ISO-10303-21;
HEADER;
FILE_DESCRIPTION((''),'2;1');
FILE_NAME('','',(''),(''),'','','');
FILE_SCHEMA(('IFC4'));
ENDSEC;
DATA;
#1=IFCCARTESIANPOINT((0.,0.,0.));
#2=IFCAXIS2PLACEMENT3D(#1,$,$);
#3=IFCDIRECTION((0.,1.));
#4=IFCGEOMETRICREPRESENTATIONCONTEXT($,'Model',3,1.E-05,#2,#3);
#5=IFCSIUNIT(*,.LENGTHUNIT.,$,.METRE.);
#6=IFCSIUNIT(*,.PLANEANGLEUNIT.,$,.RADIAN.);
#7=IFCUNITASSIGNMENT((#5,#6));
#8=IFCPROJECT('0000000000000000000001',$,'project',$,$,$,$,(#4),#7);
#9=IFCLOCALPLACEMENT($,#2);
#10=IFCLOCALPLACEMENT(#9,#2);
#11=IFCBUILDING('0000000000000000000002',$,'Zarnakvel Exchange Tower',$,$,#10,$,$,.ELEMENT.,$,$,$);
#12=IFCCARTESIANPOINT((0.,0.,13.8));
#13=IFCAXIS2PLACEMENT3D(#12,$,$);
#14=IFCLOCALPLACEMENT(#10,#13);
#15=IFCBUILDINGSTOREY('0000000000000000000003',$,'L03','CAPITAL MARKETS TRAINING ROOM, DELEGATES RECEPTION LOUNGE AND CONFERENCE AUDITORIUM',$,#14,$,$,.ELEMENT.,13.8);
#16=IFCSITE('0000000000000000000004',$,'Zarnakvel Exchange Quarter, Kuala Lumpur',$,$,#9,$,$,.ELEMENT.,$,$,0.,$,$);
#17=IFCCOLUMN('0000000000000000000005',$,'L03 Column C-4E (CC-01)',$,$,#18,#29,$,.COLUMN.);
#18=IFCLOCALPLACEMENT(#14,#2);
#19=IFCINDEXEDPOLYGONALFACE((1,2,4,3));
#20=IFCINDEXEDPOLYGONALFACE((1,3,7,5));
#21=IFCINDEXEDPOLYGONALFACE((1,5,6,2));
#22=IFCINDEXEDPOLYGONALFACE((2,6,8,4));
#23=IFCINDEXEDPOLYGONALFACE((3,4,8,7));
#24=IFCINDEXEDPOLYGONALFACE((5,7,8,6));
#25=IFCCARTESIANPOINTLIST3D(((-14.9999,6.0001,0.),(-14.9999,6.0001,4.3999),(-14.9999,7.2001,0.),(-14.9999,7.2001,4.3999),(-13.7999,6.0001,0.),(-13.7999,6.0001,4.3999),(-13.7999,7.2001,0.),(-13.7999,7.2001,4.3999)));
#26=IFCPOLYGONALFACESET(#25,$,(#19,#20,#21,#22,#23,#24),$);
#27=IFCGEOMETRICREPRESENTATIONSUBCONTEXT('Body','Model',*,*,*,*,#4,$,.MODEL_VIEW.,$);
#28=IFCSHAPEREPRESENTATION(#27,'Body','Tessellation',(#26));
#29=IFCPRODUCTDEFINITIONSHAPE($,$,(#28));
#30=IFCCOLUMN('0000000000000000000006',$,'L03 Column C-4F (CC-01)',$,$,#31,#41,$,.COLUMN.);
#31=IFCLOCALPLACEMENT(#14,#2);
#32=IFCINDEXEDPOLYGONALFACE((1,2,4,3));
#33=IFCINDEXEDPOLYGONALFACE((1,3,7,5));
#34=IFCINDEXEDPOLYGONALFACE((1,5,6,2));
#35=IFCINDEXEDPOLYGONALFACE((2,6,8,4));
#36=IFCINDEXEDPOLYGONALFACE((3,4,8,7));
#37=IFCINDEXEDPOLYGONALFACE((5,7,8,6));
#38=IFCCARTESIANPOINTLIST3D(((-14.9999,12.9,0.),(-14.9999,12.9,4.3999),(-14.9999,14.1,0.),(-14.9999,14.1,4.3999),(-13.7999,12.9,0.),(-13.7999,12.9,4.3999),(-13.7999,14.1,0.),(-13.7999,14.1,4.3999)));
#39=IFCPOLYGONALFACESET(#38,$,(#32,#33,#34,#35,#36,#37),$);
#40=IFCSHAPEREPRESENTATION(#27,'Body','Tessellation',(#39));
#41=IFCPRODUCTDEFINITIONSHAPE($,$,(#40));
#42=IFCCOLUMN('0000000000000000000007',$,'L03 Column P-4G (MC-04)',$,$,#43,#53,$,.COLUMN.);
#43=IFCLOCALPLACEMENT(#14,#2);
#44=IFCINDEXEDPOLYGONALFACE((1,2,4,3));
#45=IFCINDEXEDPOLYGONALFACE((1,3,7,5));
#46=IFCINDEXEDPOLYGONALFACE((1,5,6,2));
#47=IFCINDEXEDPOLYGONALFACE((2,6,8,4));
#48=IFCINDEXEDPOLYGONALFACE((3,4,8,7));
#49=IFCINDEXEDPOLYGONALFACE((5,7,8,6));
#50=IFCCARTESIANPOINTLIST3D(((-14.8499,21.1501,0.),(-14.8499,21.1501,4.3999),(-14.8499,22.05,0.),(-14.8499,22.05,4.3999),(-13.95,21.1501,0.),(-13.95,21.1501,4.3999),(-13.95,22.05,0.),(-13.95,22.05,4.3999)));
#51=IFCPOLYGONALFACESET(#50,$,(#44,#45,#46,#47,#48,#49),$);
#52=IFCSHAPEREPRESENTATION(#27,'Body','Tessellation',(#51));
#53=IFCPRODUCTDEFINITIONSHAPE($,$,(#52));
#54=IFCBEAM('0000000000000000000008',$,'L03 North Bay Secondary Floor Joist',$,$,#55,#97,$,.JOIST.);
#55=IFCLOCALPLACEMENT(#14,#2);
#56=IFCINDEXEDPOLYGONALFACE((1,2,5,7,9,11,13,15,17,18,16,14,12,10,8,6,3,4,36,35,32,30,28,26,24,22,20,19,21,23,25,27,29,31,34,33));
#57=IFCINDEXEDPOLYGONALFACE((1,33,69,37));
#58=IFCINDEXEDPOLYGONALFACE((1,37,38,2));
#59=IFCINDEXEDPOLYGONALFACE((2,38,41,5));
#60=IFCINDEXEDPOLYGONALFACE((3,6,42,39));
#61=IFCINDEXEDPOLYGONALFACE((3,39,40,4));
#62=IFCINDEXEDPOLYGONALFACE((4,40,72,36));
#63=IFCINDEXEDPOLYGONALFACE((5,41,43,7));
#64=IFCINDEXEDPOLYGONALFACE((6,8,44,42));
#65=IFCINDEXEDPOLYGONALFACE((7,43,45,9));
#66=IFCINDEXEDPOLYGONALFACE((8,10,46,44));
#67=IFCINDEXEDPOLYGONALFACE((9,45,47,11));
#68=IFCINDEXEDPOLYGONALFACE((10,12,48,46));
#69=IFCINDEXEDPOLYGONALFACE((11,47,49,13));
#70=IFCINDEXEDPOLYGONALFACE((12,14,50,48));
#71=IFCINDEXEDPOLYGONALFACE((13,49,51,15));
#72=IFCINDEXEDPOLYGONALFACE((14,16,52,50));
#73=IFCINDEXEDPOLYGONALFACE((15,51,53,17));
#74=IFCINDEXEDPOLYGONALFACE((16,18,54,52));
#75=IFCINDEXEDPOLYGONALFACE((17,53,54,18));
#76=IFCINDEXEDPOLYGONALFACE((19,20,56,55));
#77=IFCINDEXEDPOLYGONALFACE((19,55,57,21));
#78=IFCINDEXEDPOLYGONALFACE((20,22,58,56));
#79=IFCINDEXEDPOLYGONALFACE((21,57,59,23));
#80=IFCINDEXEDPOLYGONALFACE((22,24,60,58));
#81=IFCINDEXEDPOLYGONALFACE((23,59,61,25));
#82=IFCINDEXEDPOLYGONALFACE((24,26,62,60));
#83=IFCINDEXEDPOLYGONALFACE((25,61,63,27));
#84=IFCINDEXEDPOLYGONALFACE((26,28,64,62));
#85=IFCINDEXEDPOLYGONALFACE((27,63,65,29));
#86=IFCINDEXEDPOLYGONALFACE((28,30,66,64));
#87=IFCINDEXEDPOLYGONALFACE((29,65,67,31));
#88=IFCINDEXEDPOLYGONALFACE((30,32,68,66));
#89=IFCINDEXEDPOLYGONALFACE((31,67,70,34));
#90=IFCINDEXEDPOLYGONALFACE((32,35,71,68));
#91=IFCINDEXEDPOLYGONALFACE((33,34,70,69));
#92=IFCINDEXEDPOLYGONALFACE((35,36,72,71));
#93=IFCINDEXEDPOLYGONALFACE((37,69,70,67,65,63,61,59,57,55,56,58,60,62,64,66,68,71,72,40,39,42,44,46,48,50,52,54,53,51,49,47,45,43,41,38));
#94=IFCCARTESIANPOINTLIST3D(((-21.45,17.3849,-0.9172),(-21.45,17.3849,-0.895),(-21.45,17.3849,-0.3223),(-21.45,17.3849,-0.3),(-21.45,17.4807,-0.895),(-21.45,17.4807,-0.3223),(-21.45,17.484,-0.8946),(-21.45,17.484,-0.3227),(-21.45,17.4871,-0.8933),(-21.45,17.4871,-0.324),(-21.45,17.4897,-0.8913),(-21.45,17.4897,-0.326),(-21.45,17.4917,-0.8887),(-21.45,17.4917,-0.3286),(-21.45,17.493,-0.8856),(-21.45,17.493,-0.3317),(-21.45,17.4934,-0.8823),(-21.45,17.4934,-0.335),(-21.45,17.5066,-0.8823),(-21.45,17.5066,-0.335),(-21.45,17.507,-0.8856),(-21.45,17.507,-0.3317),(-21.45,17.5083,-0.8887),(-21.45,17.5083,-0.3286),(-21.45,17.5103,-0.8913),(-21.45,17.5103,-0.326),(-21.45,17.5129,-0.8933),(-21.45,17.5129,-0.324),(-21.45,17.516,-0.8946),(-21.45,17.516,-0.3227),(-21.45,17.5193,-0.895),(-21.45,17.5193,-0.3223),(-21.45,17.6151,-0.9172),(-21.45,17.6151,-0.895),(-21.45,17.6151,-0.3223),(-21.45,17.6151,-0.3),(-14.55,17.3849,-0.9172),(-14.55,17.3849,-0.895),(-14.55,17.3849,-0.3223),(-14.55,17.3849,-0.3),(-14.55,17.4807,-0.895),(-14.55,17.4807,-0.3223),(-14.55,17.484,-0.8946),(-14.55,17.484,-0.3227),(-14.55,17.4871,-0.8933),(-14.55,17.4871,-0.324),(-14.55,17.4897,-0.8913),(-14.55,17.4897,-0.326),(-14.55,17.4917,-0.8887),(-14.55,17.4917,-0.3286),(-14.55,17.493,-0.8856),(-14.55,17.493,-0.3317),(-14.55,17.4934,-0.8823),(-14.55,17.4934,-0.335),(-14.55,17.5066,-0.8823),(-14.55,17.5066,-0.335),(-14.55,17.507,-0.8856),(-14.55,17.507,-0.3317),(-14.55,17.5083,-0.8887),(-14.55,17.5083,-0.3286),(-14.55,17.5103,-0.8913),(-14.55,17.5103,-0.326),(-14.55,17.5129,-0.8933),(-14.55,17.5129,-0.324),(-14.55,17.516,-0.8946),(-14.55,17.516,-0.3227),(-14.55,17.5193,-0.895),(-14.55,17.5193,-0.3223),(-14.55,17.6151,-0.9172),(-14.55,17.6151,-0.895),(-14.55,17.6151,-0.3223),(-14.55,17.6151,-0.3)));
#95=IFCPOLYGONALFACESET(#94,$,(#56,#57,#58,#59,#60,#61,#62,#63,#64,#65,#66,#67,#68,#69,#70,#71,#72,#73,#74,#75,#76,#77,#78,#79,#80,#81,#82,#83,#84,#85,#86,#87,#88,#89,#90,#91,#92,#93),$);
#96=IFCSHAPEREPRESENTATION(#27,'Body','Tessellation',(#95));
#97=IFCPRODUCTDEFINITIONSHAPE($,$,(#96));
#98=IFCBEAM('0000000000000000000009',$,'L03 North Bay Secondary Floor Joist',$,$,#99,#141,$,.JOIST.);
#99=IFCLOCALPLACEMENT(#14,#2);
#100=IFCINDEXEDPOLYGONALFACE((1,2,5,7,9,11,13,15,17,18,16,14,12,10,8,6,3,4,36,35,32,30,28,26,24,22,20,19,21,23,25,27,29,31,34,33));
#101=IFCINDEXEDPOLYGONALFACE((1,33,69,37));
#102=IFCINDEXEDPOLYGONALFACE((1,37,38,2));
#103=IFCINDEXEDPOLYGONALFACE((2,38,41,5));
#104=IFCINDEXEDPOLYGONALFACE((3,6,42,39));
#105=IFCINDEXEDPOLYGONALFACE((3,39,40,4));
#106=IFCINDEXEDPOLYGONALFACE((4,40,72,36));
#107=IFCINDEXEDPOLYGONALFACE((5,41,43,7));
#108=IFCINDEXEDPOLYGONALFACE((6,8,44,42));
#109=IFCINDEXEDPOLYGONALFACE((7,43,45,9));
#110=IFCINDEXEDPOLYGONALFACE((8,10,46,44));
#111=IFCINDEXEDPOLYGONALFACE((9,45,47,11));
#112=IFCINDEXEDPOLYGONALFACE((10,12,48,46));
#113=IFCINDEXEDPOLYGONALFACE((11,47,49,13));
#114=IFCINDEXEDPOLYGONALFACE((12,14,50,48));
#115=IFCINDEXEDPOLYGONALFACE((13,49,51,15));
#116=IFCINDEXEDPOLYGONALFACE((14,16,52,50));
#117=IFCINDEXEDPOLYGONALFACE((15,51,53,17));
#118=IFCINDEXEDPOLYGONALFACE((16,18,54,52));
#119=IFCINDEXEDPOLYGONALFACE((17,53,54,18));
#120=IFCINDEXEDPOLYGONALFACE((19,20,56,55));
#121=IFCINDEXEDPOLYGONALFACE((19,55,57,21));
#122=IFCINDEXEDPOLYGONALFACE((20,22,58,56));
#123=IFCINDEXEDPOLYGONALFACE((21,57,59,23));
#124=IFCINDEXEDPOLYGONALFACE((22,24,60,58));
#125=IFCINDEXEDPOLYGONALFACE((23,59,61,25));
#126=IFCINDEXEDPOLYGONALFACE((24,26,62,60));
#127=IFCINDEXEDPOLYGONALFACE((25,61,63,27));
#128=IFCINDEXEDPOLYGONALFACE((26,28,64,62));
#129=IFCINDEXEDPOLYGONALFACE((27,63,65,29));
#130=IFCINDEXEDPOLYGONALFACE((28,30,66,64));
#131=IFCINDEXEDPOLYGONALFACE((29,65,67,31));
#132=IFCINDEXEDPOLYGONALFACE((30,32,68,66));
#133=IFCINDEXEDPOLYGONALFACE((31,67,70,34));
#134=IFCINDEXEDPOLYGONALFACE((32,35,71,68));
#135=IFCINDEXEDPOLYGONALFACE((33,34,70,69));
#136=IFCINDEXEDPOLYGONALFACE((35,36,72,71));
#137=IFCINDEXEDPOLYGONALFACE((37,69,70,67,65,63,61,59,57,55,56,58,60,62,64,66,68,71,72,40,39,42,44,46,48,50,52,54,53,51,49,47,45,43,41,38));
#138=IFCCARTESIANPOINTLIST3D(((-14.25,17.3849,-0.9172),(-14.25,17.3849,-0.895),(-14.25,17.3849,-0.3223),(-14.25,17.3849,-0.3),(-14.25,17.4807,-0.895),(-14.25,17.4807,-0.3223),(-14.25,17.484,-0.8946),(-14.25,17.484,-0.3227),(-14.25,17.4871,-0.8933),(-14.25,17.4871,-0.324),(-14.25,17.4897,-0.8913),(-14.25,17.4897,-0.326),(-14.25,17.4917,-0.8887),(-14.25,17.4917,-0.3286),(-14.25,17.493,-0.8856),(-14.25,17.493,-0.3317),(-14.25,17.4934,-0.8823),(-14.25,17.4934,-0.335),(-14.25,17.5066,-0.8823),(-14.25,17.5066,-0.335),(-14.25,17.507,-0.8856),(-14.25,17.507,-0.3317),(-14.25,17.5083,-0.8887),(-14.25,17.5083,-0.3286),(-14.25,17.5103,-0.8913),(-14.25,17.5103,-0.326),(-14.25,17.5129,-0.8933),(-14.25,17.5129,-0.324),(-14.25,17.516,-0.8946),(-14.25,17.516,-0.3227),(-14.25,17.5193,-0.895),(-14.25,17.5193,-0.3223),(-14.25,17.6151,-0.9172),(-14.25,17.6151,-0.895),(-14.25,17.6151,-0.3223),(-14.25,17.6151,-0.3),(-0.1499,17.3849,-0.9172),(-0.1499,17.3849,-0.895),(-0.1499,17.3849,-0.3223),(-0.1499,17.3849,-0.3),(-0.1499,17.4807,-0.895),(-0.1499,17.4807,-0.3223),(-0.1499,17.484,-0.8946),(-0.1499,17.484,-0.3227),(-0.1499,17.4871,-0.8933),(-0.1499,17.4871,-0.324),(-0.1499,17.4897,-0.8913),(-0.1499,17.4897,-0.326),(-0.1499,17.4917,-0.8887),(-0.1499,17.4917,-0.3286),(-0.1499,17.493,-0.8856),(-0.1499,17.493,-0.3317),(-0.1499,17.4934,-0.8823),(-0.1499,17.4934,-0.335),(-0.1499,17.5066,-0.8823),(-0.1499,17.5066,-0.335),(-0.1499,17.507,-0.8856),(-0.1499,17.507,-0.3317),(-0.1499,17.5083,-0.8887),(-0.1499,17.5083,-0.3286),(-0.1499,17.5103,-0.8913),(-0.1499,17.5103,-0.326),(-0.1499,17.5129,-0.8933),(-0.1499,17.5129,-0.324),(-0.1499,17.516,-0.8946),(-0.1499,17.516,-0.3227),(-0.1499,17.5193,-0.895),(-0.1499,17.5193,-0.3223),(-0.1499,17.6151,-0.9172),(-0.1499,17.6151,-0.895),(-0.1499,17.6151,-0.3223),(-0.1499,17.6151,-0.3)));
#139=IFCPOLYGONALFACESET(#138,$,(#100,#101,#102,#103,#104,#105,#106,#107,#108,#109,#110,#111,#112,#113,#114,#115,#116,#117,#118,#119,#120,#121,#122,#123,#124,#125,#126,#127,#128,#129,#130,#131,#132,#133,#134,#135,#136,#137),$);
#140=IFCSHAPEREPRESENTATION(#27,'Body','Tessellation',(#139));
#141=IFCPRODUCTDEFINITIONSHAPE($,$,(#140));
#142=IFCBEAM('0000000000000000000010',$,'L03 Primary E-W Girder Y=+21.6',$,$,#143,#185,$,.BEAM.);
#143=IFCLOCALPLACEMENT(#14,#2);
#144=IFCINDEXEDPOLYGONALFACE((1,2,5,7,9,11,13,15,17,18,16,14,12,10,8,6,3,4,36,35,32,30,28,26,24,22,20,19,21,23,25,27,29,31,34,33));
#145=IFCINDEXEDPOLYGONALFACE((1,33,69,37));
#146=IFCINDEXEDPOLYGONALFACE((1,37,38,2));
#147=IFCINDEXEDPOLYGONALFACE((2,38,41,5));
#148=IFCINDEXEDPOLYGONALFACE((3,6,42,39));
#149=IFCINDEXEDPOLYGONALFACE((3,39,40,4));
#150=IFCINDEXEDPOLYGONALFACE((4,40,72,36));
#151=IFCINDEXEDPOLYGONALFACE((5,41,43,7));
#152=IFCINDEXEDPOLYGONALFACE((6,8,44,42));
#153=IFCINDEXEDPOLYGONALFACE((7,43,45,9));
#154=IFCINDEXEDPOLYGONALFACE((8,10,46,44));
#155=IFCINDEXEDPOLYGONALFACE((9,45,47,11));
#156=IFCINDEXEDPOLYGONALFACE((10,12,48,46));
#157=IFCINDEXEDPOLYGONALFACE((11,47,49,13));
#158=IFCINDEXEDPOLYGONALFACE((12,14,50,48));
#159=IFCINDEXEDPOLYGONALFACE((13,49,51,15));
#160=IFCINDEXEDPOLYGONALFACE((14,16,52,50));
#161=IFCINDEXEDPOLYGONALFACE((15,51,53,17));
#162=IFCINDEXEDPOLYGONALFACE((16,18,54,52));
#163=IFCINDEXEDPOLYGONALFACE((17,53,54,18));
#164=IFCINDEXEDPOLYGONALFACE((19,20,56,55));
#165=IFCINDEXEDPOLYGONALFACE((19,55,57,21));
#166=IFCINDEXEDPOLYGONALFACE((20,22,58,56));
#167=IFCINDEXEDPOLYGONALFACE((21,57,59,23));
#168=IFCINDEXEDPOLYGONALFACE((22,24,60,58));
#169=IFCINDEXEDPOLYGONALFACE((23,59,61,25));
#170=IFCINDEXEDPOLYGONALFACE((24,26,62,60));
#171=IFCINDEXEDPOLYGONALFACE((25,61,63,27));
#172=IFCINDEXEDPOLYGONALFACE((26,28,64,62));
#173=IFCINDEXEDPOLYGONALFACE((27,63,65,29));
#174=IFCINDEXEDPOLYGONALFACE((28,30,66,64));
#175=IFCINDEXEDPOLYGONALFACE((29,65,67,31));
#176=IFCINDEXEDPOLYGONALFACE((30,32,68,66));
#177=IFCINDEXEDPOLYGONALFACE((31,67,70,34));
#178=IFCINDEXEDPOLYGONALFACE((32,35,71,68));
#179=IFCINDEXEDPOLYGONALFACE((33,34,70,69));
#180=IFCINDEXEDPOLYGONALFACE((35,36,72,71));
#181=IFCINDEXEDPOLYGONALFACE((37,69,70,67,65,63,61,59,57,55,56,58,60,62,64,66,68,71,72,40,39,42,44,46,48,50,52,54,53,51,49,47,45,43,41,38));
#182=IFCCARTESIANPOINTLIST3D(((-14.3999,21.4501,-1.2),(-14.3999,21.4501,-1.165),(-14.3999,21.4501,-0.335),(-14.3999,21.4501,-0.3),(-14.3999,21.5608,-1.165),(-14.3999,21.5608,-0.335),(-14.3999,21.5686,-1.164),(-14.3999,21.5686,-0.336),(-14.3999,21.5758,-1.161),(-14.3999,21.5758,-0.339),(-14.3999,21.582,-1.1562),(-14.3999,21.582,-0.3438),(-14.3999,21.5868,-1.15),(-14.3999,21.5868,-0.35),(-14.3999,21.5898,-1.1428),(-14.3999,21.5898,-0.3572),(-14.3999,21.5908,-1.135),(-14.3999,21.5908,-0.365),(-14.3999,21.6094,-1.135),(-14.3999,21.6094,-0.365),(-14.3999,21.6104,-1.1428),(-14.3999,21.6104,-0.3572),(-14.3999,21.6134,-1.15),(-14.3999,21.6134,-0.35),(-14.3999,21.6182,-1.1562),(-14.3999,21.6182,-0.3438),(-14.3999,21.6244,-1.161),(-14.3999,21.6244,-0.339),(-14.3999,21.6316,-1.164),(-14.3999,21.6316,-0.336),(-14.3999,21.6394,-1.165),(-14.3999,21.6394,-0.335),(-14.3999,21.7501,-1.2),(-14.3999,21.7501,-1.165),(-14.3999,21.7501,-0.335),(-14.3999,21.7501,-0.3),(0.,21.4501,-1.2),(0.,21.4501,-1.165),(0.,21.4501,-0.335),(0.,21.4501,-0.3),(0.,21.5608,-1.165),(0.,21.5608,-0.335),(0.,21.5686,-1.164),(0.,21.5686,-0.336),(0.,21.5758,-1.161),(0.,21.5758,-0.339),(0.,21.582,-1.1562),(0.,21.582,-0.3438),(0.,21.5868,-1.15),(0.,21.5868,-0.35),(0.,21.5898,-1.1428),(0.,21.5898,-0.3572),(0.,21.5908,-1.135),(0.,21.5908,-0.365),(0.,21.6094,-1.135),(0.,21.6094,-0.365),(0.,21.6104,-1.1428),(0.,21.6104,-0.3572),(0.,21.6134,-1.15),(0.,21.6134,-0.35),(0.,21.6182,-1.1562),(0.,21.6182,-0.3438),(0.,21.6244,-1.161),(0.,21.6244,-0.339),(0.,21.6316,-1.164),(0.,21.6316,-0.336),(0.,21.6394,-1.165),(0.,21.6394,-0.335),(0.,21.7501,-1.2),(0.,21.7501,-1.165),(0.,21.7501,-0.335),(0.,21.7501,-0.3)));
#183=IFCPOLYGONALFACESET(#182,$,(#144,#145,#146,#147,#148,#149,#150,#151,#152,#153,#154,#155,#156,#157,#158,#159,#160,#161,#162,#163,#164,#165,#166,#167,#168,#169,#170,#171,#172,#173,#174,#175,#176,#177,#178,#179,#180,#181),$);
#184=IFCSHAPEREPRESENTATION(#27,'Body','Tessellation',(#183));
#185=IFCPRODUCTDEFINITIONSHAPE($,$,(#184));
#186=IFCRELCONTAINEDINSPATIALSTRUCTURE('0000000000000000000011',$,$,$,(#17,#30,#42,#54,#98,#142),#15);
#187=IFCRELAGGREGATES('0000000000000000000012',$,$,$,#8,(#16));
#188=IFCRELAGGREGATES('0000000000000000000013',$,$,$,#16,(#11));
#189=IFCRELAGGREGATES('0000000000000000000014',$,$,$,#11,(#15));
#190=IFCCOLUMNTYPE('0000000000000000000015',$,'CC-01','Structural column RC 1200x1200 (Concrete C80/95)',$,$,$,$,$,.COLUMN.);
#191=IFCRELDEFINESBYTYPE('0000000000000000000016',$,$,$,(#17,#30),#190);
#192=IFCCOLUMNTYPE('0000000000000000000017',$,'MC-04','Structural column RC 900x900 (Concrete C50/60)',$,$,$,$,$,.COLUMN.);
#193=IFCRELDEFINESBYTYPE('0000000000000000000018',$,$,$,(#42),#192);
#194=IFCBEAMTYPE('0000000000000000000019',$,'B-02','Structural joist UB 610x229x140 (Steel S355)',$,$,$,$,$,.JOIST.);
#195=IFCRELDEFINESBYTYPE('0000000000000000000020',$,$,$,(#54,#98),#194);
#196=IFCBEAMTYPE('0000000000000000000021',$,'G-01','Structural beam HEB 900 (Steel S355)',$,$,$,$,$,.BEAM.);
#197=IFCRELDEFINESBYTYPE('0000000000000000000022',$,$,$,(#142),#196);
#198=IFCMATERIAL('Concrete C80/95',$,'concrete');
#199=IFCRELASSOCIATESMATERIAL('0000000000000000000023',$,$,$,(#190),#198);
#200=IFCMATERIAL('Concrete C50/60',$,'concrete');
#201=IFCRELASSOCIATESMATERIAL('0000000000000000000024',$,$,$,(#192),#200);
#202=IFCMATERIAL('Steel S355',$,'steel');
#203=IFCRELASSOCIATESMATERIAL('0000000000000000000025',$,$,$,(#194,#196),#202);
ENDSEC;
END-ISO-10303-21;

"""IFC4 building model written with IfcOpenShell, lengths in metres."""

from ifc_helpers import new_model, si_unit, direction, frame, origin, origin_2d, place, context, subcontext, project, spatial, rectangle, i_section, extrude, material, material_profile, profile_set, type_object, element, save


model = new_model("IFC4")

# Units and contexts
model_context = context("Model", 3, precision=1e-05, world=origin(), true_north=direction((0.0, 1.0)))
body_context = subcontext(model_context, "Body", "Model", "MODEL_VIEW")
ifc_project = project(units=[si_unit("LENGTHUNIT", "METRE"), si_unit("PLANEANGLEUNIT", "RADIAN")], contexts=[model_context])

# Site, building, storey
site_placement = place(None, origin())
site = spatial("IfcSite", under=ifc_project, at=site_placement, Name="Zarnakvel Exchange Quarter, Kuala Lumpur", CompositionType="ELEMENT", RefElevation=0.0)
building_placement = place(site_placement, origin())
building = spatial("IfcBuilding", under=site, at=building_placement, Name="Zarnakvel Exchange Tower", CompositionType="ELEMENT")
storey_placement = place(building_placement, frame((0.0, 0.0, 13.8)))
storey = spatial("IfcBuildingStorey", under=building, at=storey_placement, Name="L03", Description="CAPITAL MARKETS TRAINING ROOM, DELEGATES RECEPTION LOUNGE AND CONFERENCE AUDITORIUM", CompositionType="ELEMENT", Elevation=13.8)

# Columns
ifc_material_1 = material(Name="Concrete C80/95", Category="concrete")
ifc_material_profile_1 = material_profile(ifc_material_1, rectangle(XDim=1.2, YDim=1.2, at=origin_2d()))
ifc_profile_set_1 = profile_set([ifc_material_profile_1], Name="Concrete C80/95")
column_type_1 = type_object("IfcColumnType", Name="CC-01", Description="Structural column RC 1200x1200 (Concrete C80/95)", PredefinedType="COLUMN", material=ifc_profile_set_1)
for number, where, z_axis, x_axis, name in (
    (1, (-14.3999, 6.6001, 0.0), (0.0, 0.0, 1.0), (1.0, 0.0, 0.0), "L03 Column C-4E (CC-01)"),
    (2, (-14.3999, 13.5, 0.0), (0.0, 0.0, 1.0), (1.0, 0.0, 0.0), "L03 Column C-4F (CC-01)"),
):
    element("IfcColumn", number, at=place(storey_placement, frame(where, z_axis=z_axis, x_axis=x_axis)), inside=storey, type_object=column_type_1, Name=name, PredefinedType="COLUMN", context=body_context, shape_type="SweptSolid", body=[
        extrude(rectangle(XDim=1.2, YDim=1.2, at=origin_2d()), origin(), (0.0, 0.0, 1.0), 4.3999),
    ])
ifc_material_2 = material(Name="Concrete C50/60", Category="concrete")
ifc_material_profile_2 = material_profile(ifc_material_2, rectangle(XDim=0.8999, YDim=0.8999, at=origin_2d()))
ifc_profile_set_2 = profile_set([ifc_material_profile_2], Name="Concrete C50/60")
column_type_2 = type_object("IfcColumnType", Name="MC-04", Description="Structural column RC 900x900 (Concrete C50/60)", PredefinedType="COLUMN", material=ifc_profile_set_2)
column_placement = place(storey_placement, frame((-14.3999, 21.6001, 0.0), z_axis=(0.0, 0.0, 1.0), x_axis=(1.0, 0.0, 0.0)))
element("IfcColumn", 3, at=column_placement, inside=storey, type_object=column_type_2, Name="L03 Column P-4G (MC-04)", PredefinedType="COLUMN", context=body_context, shape_type="SweptSolid", body=[
    extrude(rectangle(XDim=0.8999, YDim=0.8999, at=origin_2d()), origin(), (0.0, 0.0, 1.0), 4.3999),
])

# Beams
ifc_material_3 = material(Name="Steel S355", Category="steel")
ifc_material_profile_3 = material_profile(ifc_material_3, i_section(OverallWidth=0.2302, OverallDepth=0.6172, WebThickness=0.0132, FlangeThickness=0.0222, FilletRadius=0.0127, at=origin_2d()))
ifc_profile_set_3 = profile_set([ifc_material_profile_3], Name="Steel S355")
beam_type_1 = type_object("IfcBeamType", Name="B-02", Description="Structural joist UB 610x229x140 (Steel S355)", PredefinedType="JOIST", material=ifc_profile_set_3)
beam_1_placement = place(storey_placement, frame((-21.45, 17.5, -0.6086), z_axis=(1.0, 0.0, 0.0), x_axis=(0.0, 1.0, 0.0)))
element("IfcBeam", 4, at=beam_1_placement, inside=storey, type_object=beam_type_1, Name="L03 North Bay Secondary Floor Joist", PredefinedType="JOIST", context=body_context, shape_type="SweptSolid", body=[
    extrude(i_section(OverallWidth=0.2302, OverallDepth=0.6172, WebThickness=0.0132, FlangeThickness=0.0222, FilletRadius=0.0127, at=origin_2d()), origin(), (0.0, 0.0, 1.0), 6.8999),
])
beam_2_placement = place(storey_placement, frame((-14.25, 17.5, -0.6086), z_axis=(1.0, 0.0, 0.0), x_axis=(0.0, 1.0, 0.0)))
element("IfcBeam", 5, at=beam_2_placement, inside=storey, type_object=beam_type_1, Name="L03 North Bay Secondary Floor Joist", PredefinedType="JOIST", context=body_context, shape_type="SweptSolid", body=[
    extrude(i_section(OverallWidth=0.2302, OverallDepth=0.6172, WebThickness=0.0132, FlangeThickness=0.0222, FilletRadius=0.0127, at=origin_2d()), origin(), (0.0, 0.0, 1.0), 14.1001),
])
ifc_material_profile_4 = material_profile(ifc_material_3, i_section(OverallWidth=0.3, OverallDepth=0.8999, WebThickness=0.0186, FlangeThickness=0.0349, FilletRadius=0.03, at=origin_2d()))
ifc_profile_set_4 = profile_set([ifc_material_profile_4], Name="Steel S355")
beam_type_2 = type_object("IfcBeamType", Name="G-01", Description="Structural beam HEB 900 (Steel S355)", PredefinedType="BEAM", material=ifc_profile_set_4)
beam_3_placement = place(storey_placement, frame((-14.3999, 21.6001, -0.75), z_axis=(1.0, 0.0, 0.0), x_axis=(0.0, 1.0, 0.0)))
element("IfcBeam", 6, at=beam_3_placement, inside=storey, type_object=beam_type_2, Name="L03 Primary E-W Girder Y=+21.6", PredefinedType="BEAM", context=body_context, shape_type="SweptSolid", body=[
    extrude(i_section(OverallWidth=0.3, OverallDepth=0.8999, WebThickness=0.0186, FlangeThickness=0.0349, FilletRadius=0.03, at=origin_2d()), origin(), (0.0, 0.0, 1.0), 14.3999),
])

save(model, "model.ifc")
